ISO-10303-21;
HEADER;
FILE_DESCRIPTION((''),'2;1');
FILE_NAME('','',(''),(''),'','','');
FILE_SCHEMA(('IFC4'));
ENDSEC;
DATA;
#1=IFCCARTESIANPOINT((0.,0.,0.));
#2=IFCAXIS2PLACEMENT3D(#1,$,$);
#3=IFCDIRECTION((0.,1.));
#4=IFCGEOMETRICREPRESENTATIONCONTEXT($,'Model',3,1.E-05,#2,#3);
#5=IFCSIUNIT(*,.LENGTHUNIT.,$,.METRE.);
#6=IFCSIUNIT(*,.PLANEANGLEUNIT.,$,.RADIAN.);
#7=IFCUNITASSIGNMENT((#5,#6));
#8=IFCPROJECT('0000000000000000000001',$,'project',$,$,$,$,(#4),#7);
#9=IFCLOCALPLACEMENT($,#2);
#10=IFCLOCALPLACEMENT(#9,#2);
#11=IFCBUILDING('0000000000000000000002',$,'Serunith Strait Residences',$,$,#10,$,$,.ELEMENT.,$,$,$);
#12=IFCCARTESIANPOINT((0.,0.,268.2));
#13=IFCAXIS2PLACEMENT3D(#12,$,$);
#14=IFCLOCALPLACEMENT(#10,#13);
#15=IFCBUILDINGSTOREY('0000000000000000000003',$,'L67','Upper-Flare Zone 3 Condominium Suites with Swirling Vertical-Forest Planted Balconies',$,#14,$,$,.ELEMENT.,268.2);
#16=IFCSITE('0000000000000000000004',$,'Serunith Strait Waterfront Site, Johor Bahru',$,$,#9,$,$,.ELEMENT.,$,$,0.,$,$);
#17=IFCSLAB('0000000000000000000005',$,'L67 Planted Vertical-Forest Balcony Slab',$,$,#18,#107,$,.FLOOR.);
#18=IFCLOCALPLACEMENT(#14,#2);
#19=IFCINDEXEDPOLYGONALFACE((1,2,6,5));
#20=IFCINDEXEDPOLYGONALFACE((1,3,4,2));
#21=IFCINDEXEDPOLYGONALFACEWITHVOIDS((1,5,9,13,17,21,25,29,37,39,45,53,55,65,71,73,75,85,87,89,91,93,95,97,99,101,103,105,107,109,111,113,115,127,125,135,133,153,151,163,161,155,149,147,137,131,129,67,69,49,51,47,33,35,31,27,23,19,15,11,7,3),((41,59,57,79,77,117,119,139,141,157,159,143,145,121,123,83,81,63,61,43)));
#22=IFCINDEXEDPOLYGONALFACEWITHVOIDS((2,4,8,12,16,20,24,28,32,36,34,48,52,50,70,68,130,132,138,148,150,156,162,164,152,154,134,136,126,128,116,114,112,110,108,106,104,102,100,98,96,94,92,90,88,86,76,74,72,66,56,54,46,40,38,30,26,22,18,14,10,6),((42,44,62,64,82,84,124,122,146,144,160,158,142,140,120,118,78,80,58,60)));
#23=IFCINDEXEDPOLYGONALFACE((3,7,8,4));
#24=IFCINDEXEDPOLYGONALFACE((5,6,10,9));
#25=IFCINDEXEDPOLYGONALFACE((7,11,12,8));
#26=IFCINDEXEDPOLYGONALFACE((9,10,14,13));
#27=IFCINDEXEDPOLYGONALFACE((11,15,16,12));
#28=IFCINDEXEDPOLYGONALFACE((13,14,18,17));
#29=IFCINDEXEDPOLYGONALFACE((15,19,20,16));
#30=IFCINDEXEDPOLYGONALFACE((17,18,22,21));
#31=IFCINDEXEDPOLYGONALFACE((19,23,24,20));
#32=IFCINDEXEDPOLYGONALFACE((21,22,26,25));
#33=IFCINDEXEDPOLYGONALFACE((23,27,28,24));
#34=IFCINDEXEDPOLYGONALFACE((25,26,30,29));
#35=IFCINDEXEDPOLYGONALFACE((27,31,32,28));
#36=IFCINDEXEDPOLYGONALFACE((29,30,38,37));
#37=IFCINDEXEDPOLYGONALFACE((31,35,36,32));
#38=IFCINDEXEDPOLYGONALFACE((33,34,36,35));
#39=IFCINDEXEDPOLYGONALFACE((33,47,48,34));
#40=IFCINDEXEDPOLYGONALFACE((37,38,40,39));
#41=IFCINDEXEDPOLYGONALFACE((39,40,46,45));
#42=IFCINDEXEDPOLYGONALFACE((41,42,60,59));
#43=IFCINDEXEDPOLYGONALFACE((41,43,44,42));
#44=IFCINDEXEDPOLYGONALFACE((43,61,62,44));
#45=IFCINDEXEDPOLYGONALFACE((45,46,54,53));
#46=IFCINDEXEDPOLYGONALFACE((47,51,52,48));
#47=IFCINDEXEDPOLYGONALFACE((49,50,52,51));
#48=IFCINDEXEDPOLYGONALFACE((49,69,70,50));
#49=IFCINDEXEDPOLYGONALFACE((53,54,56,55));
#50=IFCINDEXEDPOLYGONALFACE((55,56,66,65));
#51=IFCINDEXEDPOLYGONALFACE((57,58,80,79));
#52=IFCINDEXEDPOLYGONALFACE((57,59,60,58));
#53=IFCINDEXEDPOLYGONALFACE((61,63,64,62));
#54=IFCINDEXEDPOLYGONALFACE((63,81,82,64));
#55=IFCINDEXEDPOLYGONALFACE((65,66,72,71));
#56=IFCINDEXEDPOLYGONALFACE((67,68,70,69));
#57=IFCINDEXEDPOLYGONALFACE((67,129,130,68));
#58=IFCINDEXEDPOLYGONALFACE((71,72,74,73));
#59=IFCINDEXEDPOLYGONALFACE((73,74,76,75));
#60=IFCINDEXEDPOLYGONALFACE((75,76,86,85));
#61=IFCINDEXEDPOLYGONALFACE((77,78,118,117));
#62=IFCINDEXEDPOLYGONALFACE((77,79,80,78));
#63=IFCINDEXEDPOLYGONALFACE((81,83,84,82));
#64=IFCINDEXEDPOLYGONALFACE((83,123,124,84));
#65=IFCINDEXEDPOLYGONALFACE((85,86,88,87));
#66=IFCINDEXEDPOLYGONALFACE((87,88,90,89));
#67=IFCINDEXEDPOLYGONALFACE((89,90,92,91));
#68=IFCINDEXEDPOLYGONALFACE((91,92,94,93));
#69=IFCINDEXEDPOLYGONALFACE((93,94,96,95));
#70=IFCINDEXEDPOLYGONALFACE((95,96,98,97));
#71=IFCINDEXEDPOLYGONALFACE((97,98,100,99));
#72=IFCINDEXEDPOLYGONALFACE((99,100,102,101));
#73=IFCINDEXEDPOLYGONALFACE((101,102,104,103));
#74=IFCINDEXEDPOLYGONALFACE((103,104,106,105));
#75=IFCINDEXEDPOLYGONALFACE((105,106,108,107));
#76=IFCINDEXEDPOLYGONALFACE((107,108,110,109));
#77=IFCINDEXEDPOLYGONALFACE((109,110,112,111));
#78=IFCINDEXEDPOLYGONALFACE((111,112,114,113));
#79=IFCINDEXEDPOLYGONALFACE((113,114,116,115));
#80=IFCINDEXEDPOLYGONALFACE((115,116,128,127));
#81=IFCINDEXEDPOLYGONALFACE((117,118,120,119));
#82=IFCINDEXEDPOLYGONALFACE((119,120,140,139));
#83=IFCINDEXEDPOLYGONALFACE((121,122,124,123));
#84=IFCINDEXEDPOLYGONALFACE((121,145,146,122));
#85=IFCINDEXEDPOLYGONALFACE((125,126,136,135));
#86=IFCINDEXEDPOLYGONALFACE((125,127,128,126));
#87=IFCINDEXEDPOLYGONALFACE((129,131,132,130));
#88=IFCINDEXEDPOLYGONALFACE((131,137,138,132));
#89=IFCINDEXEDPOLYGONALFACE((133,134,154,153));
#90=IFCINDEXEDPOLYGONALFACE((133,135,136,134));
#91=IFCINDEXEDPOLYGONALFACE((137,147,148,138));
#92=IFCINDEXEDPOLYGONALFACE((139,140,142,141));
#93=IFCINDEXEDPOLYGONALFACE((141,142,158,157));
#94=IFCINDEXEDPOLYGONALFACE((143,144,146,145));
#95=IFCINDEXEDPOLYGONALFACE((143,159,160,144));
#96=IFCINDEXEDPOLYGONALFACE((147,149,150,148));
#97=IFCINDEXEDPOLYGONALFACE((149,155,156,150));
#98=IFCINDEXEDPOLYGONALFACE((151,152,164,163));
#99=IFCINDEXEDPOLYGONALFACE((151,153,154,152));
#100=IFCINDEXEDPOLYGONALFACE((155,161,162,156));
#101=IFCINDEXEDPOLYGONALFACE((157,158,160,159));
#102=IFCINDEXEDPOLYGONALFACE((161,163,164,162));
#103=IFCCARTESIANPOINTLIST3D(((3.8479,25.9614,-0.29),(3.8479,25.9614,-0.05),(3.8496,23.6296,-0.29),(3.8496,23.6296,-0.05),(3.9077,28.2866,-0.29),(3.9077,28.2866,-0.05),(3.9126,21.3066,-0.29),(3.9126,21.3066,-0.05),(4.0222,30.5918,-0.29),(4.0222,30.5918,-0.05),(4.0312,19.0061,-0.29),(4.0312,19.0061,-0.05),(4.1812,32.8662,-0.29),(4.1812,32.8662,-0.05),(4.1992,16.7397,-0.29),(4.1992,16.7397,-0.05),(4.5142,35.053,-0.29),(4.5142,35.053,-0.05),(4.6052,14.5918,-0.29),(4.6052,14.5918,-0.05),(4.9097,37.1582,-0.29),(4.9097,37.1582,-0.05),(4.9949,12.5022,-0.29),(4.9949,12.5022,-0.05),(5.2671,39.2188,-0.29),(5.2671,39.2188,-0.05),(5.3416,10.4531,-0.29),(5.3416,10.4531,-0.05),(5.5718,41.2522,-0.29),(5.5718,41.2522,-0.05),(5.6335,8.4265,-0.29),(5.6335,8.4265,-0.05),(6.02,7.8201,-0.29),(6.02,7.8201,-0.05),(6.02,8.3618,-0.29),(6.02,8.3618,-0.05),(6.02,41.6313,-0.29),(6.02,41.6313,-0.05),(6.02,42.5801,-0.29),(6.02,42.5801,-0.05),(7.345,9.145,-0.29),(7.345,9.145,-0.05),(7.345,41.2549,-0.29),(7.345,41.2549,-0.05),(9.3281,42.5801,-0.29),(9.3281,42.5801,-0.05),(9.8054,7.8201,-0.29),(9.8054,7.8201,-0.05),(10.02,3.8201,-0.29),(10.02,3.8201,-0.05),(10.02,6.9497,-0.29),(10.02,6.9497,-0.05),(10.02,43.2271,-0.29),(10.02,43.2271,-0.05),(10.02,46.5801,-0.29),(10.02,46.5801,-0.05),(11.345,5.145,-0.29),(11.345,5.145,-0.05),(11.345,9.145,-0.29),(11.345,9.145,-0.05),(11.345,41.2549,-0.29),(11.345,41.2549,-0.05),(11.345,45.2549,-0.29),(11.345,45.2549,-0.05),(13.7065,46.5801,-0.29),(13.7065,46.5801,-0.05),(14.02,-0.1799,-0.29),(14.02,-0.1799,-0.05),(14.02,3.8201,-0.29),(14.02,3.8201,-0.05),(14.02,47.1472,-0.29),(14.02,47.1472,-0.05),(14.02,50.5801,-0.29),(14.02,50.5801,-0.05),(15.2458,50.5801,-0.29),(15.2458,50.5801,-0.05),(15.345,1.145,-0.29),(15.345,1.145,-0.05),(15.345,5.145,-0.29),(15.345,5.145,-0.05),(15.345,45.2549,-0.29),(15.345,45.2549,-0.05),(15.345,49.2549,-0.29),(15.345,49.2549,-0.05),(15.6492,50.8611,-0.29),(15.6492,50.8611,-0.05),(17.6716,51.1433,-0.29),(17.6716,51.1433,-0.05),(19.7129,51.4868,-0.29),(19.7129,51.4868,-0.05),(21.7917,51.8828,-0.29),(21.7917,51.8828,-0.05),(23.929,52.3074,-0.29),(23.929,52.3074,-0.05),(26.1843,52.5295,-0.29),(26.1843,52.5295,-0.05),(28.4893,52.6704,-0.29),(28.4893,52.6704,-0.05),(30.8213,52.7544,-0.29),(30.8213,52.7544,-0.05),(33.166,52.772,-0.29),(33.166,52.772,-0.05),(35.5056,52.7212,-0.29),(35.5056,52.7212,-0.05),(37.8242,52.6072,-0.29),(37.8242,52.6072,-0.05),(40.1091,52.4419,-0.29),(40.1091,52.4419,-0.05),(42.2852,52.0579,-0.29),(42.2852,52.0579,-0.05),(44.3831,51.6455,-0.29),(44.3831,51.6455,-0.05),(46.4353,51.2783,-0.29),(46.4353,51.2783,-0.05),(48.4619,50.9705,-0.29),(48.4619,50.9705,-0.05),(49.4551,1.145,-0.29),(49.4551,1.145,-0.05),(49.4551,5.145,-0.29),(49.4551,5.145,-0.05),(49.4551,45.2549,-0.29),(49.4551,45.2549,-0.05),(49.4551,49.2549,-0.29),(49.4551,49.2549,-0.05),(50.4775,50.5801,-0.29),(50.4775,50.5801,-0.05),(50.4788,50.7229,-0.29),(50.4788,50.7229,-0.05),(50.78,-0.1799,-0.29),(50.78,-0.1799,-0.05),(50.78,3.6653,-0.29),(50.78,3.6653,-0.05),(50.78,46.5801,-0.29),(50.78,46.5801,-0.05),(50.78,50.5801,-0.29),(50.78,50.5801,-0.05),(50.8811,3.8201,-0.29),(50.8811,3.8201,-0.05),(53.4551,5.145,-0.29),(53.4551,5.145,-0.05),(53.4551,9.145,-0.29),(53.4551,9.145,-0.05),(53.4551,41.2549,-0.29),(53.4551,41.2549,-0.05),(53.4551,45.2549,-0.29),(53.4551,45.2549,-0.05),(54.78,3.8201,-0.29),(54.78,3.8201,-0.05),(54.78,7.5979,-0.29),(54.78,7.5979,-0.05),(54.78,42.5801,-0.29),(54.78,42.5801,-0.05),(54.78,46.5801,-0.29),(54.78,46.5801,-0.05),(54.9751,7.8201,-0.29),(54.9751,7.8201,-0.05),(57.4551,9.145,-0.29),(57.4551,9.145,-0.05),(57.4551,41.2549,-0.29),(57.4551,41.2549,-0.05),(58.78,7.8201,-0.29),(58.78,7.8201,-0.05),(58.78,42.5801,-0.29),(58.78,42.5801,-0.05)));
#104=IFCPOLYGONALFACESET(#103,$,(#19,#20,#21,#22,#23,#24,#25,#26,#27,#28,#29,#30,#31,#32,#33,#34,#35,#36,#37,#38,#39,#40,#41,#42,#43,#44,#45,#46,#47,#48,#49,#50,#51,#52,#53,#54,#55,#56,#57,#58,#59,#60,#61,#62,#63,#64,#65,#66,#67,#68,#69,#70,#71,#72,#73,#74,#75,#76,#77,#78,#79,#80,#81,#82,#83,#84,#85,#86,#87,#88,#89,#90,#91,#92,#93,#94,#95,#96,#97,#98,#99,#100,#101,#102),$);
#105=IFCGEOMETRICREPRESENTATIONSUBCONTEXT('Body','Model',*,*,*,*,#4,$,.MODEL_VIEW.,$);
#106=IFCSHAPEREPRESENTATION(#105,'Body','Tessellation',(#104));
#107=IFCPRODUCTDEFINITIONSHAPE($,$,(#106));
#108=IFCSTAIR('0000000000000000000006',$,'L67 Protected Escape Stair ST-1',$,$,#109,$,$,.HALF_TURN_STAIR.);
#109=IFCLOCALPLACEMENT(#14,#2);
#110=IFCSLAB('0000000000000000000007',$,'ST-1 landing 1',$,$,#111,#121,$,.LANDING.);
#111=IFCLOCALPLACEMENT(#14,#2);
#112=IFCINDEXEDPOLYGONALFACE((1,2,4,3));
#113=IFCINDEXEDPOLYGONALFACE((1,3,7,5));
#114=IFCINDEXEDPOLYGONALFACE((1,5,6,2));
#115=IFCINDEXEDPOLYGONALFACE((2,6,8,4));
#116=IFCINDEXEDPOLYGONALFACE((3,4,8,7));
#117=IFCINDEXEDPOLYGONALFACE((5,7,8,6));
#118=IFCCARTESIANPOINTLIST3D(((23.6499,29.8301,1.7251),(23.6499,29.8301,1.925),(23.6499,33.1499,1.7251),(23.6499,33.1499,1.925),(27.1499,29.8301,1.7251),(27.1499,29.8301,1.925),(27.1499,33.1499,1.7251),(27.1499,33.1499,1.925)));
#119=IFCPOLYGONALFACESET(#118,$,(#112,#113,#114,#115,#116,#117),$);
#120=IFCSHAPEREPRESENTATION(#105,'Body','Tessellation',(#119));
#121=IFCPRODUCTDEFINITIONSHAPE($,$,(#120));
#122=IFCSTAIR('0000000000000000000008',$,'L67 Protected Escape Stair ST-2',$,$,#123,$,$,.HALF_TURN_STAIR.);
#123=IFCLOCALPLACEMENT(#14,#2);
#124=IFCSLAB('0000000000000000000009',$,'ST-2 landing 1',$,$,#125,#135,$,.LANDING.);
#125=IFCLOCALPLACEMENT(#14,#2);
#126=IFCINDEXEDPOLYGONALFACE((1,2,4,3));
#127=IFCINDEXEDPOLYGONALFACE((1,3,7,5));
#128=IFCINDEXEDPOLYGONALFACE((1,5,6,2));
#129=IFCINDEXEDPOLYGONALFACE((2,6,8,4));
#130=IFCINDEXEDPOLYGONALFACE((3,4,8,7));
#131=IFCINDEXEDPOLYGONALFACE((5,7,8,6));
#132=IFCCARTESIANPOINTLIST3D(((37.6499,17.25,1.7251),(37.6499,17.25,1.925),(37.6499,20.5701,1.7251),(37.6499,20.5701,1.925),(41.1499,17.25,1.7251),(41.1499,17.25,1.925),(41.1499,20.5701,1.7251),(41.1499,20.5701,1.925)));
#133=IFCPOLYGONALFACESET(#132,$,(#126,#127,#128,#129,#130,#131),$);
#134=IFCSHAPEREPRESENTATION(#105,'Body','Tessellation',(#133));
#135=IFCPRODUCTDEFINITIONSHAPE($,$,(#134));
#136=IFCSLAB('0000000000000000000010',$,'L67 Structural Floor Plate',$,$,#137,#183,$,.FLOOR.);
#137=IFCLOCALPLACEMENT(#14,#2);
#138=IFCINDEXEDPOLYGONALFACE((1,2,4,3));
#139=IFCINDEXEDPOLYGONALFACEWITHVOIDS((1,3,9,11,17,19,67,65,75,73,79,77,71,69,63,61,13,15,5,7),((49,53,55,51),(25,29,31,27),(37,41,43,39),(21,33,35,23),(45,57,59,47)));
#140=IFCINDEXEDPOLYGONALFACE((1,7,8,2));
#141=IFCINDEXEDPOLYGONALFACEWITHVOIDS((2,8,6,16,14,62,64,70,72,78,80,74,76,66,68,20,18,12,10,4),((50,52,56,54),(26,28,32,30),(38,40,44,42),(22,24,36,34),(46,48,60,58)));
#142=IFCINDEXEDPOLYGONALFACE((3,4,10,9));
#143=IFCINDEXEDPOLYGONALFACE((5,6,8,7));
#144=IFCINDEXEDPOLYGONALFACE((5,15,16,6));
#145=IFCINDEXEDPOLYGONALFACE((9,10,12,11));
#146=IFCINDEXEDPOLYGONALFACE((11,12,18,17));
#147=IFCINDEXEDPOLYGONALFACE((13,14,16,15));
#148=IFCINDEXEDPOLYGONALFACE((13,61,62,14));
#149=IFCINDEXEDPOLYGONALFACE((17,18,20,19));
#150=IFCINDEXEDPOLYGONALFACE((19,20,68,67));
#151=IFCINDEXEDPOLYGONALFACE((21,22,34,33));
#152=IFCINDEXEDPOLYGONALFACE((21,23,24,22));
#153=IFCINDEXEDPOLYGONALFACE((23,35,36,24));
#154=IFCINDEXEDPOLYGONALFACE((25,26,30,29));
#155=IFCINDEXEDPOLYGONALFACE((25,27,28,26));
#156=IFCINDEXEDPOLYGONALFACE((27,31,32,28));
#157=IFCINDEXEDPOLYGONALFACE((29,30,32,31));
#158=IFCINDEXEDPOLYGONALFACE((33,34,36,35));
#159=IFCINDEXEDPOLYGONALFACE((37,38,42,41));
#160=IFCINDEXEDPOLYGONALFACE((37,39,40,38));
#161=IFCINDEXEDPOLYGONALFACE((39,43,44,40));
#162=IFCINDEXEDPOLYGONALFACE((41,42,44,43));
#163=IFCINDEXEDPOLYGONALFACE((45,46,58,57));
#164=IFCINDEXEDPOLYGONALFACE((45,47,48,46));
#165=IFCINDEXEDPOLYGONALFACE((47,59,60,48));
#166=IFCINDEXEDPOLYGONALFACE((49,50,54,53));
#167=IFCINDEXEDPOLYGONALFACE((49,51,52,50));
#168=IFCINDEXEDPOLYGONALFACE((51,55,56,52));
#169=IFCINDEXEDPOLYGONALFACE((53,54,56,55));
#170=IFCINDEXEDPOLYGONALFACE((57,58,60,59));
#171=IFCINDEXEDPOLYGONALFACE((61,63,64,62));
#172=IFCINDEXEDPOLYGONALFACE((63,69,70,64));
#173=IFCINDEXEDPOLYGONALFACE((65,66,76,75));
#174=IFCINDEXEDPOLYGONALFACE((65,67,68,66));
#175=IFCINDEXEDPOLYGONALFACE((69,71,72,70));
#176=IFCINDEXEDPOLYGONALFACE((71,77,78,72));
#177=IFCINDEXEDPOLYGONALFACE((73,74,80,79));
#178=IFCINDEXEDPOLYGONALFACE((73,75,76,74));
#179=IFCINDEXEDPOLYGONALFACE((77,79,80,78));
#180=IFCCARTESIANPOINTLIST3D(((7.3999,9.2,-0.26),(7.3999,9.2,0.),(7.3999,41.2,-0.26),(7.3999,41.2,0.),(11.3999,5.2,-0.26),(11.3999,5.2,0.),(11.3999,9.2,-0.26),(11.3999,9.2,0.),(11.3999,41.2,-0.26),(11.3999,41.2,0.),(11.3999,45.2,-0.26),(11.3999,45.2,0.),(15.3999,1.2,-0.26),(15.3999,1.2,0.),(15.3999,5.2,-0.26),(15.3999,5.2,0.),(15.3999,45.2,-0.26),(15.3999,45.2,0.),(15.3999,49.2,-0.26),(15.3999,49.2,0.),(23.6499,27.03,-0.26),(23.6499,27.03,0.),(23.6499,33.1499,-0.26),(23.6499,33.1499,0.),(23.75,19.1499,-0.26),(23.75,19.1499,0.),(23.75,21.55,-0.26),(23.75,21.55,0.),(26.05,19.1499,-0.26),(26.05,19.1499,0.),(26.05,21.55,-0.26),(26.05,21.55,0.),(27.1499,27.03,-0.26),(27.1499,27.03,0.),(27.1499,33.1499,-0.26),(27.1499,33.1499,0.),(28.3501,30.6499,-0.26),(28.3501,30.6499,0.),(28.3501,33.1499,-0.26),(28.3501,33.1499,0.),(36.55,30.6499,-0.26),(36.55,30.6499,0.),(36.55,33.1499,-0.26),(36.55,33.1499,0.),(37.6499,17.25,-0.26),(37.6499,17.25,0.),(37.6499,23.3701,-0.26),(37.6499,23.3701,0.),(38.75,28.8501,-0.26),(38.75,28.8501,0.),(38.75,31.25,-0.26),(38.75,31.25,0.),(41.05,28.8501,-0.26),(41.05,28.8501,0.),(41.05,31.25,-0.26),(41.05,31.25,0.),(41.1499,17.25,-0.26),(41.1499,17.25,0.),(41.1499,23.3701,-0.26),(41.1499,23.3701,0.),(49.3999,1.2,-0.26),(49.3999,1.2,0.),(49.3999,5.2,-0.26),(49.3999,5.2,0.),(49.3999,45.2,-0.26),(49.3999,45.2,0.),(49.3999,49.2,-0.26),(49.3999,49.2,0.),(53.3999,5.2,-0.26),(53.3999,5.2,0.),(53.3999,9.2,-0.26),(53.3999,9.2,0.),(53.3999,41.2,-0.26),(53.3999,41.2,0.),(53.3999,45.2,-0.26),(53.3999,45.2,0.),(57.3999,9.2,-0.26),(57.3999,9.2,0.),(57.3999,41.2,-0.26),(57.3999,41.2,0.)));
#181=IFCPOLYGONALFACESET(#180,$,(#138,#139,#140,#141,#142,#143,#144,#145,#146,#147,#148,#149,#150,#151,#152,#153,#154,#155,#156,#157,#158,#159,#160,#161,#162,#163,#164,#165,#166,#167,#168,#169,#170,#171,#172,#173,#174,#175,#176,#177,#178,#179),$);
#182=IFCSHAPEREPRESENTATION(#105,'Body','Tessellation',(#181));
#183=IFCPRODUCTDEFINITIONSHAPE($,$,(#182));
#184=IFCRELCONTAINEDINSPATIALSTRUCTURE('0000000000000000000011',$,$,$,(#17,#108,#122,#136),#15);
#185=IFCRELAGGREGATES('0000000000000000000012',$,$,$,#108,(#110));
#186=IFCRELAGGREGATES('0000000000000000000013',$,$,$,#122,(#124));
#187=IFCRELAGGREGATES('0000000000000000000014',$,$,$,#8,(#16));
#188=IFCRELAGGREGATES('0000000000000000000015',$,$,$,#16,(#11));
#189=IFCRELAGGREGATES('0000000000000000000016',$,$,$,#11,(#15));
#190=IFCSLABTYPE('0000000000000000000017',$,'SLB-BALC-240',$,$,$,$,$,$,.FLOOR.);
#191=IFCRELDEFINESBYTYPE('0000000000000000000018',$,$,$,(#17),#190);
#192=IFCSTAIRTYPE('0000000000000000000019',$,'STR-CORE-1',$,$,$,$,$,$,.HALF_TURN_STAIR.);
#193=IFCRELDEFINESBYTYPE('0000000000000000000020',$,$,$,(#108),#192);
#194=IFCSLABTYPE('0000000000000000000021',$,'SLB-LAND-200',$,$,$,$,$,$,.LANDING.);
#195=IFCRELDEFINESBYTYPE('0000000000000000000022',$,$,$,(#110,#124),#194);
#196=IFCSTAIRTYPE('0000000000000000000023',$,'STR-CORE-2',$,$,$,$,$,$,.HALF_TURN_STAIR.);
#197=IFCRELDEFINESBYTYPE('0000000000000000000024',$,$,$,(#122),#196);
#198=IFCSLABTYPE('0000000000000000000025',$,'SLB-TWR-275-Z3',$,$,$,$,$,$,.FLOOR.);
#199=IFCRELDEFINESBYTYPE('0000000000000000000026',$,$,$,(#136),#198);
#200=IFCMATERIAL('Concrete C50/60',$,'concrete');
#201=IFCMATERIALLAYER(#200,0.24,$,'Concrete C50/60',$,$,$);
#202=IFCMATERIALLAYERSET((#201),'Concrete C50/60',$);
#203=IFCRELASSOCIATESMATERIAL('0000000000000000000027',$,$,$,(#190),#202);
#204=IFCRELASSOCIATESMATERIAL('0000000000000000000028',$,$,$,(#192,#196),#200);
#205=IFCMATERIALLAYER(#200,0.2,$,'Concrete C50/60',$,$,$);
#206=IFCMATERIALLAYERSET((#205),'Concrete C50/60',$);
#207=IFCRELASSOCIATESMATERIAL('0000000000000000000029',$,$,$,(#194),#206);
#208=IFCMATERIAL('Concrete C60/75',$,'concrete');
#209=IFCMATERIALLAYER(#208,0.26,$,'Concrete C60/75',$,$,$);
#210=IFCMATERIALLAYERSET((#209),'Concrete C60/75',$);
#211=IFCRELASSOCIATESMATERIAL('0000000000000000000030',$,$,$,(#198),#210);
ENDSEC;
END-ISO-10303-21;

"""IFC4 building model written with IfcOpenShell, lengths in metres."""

from ifc_helpers import new_model, si_unit, direction, frame, origin, place, context, subcontext, project, spatial, polyline, outline, extrude, material, layer, layer_set, type_object, element, aggregate, save


model = new_model("IFC4")

# Units and contexts
model_context = context("Model", 3, precision=1e-05, world=origin(), true_north=direction((0.0, 1.0)))
body_context = subcontext(model_context, "Body", "Model", "MODEL_VIEW")
ifc_project = project(units=[si_unit("LENGTHUNIT", "METRE"), si_unit("PLANEANGLEUNIT", "RADIAN")], contexts=[model_context])

# Site, building, storey
site_placement = place(None, origin())
site = spatial("IfcSite", under=ifc_project, at=site_placement, Name="Serunith Strait Waterfront Site, Johor Bahru", CompositionType="ELEMENT", RefElevation=0.0)
building_placement = place(site_placement, origin())
building = spatial("IfcBuilding", under=site, at=building_placement, Name="Serunith Strait Residences", CompositionType="ELEMENT")
storey_placement = place(building_placement, frame((0.0, 0.0, 268.2)))
storey = spatial("IfcBuildingStorey", under=building, at=storey_placement, Name="L67", Description="Upper-Flare Zone 3 Condominium Suites with Swirling Vertical-Forest Planted Balconies", CompositionType="ELEMENT", Elevation=268.2)

# Slab
ifc_material_1 = material(Name="Concrete C50/60", Category="concrete")
ifc_layer_1 = layer(ifc_material_1, 0.24, Name="Concrete C50/60")
ifc_layer_set_1 = layer_set([ifc_layer_1], Name="Concrete C50/60")
slab_type_1 = type_object("IfcSlabType", Name="SLB-BALC-240", PredefinedType="FLOOR", material=ifc_layer_set_1)
slab_1_placement = place(storey_placement, frame((0.0, 0.0, -0.29)))
element("IfcSlab", 1, at=slab_1_placement, inside=storey, type_object=slab_type_1, Name="L67 Planted Vertical-Forest Balcony Slab", PredefinedType="FLOOR", context=body_context, shape_type="SweptSolid", body=[
    extrude(outline(polyline([(6.02, 7.8201), (6.02, 8.3618), (5.6335, 8.4265), (5.3416, 10.4531), (4.9949, 12.5022), (4.6052, 14.5918), (4.1992, 16.7397), (4.0312, 19.0061), (3.9126, 21.3066), (3.8496, 23.6296), (3.8479, 25.9614), (3.9077, 28.2866), (4.0222, 30.5918), (4.1812, 32.8662), (4.5142, 35.053), (4.9097, 37.1582), (5.2671, 39.2188), (5.5718, 41.2522), (6.02, 41.6313), (6.02, 42.5801), (9.3281, 42.5801), (10.02, 43.2271), (10.02, 46.5801), (13.7065, 46.5801), (14.02, 47.1472), (14.02, 50.5801), (15.2458, 50.5801), (15.6492, 50.8611), (17.6716, 51.1433), (19.7129, 51.4868), (21.7917, 51.8828), (23.929, 52.3074), (26.1843, 52.5295), (28.4893, 52.6704), (30.8213, 52.7544), (33.166, 52.772), (35.5056, 52.7212), (37.8242, 52.6072), (40.1091, 52.4419), (42.2852, 52.0579), (44.3831, 51.6455), (46.4353, 51.2783), (48.4619, 50.9705), (50.4788, 50.7229), (50.4775, 50.5801), (50.78, 50.5801), (50.78, 46.5801), (54.78, 46.5801), (54.78, 42.5801), (58.78, 42.5801), (58.78, 7.8201), (54.9751, 7.8201), (54.78, 7.5979), (54.78, 3.8201), (50.8811, 3.8201), (50.78, 3.6653), (50.78, -0.1799), (14.02, -0.1799), (14.02, 3.8201), (10.02, 3.8201), (10.02, 6.9497), (9.8054, 7.8201), (6.02, 7.8201)]), holes=[polyline([(49.4551, 1.145), (49.4551, 5.145), (53.4551, 5.145), (53.4551, 9.145), (57.4551, 9.145), (57.4551, 41.2549), (53.4551, 41.2549), (53.4551, 45.2549), (49.4551, 45.2549), (49.4551, 49.2549), (15.345, 49.2549), (15.345, 45.2549), (11.345, 45.2549), (11.345, 41.2549), (7.345, 41.2549), (7.345, 9.145), (11.345, 9.145), (11.345, 5.145), (15.345, 5.145), (15.345, 1.145), (49.4551, 1.145)])]), origin(), (0.0, 0.0, 1.0), 0.24),
])

# Stairs, slabs
stair_type_1 = type_object("IfcStairType", Name="STR-CORE-1", PredefinedType="HALF_TURN_STAIR", material=ifc_material_1)
stair_1_placement = place(storey_placement, origin())
stair_1 = element("IfcStair", 2, at=stair_1_placement, inside=storey, type_object=stair_type_1, Name="L67 Protected Escape Stair ST-1", PredefinedType="HALF_TURN_STAIR")
ifc_layer_2 = layer(ifc_material_1, 0.2, Name="Concrete C50/60")
ifc_layer_set_2 = layer_set([ifc_layer_2], Name="Concrete C50/60")
slab_type_2 = type_object("IfcSlabType", Name="SLB-LAND-200", PredefinedType="LANDING", material=ifc_layer_set_2)
slab_2_placement = place(storey_placement, frame((0.0, 0.0, 1.7251)))
slab_2 = element("IfcSlab", 3, at=slab_2_placement, type_object=slab_type_2, Name="ST-1 landing 1", PredefinedType="LANDING", context=body_context, shape_type="SweptSolid", body=[
    extrude(outline(polyline([(27.1499, 29.8301), (27.1499, 33.1499), (23.6499, 33.1499), (23.6499, 29.8301), (27.1499, 29.8301)])), origin(), (0.0, 0.0, 1.0), 0.2),
])
aggregate(stair_1, [slab_2])
stair_type_2 = type_object("IfcStairType", Name="STR-CORE-2", PredefinedType="HALF_TURN_STAIR", material=ifc_material_1)
stair_2_placement = place(storey_placement, origin())
stair_2 = element("IfcStair", 4, at=stair_2_placement, inside=storey, type_object=stair_type_2, Name="L67 Protected Escape Stair ST-2", PredefinedType="HALF_TURN_STAIR")
slab_3_placement = place(storey_placement, frame((0.0, 0.0, 1.7251)))
slab_3 = element("IfcSlab", 5, at=slab_3_placement, type_object=slab_type_2, Name="ST-2 landing 1", PredefinedType="LANDING", context=body_context, shape_type="SweptSolid", body=[
    extrude(outline(polyline([(37.6499, 20.5701), (37.6499, 17.25), (41.1499, 17.25), (41.1499, 20.5701), (37.6499, 20.5701)])), origin(), (0.0, 0.0, 1.0), 0.2),
])
aggregate(stair_2, [slab_3])

# Slab
ifc_material_2 = material(Name="Concrete C60/75", Category="concrete")
ifc_layer_3 = layer(ifc_material_2, 0.26, Name="Concrete C60/75")
ifc_layer_set_3 = layer_set([ifc_layer_3], Name="Concrete C60/75")
slab_type_3 = type_object("IfcSlabType", Name="SLB-TWR-275-Z3", PredefinedType="FLOOR", material=ifc_layer_set_3)
slab_4_placement = place(storey_placement, frame((0.0, 0.0, -0.26)))
element("IfcSlab", 6, at=slab_4_placement, inside=storey, type_object=slab_type_3, Name="L67 Structural Floor Plate", PredefinedType="FLOOR", context=body_context, shape_type="SweptSolid", body=[
    extrude(outline(polyline([(15.3999, 5.2), (11.3999, 5.2), (11.3999, 9.2), (7.3999, 9.2), (7.3999, 41.2), (11.3999, 41.2), (11.3999, 45.2), (15.3999, 45.2), (15.3999, 49.2), (49.3999, 49.2), (49.3999, 45.2), (53.3999, 45.2), (53.3999, 41.2), (57.3999, 41.2), (57.3999, 9.2), (53.3999, 9.2), (53.3999, 5.2), (49.3999, 5.2), (49.3999, 1.2), (15.3999, 1.2), (15.3999, 5.2)]), holes=[polyline([(41.1499, 23.3701), (37.6499, 23.3701), (37.6499, 17.25), (41.1499, 17.25), (41.1499, 23.3701)]), polyline([(38.75, 31.25), (38.75, 28.8501), (41.05, 28.8501), (41.05, 31.25), (38.75, 31.25)]), polyline([(36.55, 33.1499), (28.3501, 33.1499), (28.3501, 30.6499), (36.55, 30.6499), (36.55, 33.1499)]), polyline([(23.6499, 33.1499), (23.6499, 27.03), (27.1499, 27.03), (27.1499, 33.1499), (23.6499, 33.1499)]), polyline([(23.75, 21.55), (23.75, 19.1499), (26.05, 19.1499), (26.05, 21.55), (23.75, 21.55)])]), origin(), (0.0, 0.0, 1.0), 0.26),
])

save(model, "model.ifc")
